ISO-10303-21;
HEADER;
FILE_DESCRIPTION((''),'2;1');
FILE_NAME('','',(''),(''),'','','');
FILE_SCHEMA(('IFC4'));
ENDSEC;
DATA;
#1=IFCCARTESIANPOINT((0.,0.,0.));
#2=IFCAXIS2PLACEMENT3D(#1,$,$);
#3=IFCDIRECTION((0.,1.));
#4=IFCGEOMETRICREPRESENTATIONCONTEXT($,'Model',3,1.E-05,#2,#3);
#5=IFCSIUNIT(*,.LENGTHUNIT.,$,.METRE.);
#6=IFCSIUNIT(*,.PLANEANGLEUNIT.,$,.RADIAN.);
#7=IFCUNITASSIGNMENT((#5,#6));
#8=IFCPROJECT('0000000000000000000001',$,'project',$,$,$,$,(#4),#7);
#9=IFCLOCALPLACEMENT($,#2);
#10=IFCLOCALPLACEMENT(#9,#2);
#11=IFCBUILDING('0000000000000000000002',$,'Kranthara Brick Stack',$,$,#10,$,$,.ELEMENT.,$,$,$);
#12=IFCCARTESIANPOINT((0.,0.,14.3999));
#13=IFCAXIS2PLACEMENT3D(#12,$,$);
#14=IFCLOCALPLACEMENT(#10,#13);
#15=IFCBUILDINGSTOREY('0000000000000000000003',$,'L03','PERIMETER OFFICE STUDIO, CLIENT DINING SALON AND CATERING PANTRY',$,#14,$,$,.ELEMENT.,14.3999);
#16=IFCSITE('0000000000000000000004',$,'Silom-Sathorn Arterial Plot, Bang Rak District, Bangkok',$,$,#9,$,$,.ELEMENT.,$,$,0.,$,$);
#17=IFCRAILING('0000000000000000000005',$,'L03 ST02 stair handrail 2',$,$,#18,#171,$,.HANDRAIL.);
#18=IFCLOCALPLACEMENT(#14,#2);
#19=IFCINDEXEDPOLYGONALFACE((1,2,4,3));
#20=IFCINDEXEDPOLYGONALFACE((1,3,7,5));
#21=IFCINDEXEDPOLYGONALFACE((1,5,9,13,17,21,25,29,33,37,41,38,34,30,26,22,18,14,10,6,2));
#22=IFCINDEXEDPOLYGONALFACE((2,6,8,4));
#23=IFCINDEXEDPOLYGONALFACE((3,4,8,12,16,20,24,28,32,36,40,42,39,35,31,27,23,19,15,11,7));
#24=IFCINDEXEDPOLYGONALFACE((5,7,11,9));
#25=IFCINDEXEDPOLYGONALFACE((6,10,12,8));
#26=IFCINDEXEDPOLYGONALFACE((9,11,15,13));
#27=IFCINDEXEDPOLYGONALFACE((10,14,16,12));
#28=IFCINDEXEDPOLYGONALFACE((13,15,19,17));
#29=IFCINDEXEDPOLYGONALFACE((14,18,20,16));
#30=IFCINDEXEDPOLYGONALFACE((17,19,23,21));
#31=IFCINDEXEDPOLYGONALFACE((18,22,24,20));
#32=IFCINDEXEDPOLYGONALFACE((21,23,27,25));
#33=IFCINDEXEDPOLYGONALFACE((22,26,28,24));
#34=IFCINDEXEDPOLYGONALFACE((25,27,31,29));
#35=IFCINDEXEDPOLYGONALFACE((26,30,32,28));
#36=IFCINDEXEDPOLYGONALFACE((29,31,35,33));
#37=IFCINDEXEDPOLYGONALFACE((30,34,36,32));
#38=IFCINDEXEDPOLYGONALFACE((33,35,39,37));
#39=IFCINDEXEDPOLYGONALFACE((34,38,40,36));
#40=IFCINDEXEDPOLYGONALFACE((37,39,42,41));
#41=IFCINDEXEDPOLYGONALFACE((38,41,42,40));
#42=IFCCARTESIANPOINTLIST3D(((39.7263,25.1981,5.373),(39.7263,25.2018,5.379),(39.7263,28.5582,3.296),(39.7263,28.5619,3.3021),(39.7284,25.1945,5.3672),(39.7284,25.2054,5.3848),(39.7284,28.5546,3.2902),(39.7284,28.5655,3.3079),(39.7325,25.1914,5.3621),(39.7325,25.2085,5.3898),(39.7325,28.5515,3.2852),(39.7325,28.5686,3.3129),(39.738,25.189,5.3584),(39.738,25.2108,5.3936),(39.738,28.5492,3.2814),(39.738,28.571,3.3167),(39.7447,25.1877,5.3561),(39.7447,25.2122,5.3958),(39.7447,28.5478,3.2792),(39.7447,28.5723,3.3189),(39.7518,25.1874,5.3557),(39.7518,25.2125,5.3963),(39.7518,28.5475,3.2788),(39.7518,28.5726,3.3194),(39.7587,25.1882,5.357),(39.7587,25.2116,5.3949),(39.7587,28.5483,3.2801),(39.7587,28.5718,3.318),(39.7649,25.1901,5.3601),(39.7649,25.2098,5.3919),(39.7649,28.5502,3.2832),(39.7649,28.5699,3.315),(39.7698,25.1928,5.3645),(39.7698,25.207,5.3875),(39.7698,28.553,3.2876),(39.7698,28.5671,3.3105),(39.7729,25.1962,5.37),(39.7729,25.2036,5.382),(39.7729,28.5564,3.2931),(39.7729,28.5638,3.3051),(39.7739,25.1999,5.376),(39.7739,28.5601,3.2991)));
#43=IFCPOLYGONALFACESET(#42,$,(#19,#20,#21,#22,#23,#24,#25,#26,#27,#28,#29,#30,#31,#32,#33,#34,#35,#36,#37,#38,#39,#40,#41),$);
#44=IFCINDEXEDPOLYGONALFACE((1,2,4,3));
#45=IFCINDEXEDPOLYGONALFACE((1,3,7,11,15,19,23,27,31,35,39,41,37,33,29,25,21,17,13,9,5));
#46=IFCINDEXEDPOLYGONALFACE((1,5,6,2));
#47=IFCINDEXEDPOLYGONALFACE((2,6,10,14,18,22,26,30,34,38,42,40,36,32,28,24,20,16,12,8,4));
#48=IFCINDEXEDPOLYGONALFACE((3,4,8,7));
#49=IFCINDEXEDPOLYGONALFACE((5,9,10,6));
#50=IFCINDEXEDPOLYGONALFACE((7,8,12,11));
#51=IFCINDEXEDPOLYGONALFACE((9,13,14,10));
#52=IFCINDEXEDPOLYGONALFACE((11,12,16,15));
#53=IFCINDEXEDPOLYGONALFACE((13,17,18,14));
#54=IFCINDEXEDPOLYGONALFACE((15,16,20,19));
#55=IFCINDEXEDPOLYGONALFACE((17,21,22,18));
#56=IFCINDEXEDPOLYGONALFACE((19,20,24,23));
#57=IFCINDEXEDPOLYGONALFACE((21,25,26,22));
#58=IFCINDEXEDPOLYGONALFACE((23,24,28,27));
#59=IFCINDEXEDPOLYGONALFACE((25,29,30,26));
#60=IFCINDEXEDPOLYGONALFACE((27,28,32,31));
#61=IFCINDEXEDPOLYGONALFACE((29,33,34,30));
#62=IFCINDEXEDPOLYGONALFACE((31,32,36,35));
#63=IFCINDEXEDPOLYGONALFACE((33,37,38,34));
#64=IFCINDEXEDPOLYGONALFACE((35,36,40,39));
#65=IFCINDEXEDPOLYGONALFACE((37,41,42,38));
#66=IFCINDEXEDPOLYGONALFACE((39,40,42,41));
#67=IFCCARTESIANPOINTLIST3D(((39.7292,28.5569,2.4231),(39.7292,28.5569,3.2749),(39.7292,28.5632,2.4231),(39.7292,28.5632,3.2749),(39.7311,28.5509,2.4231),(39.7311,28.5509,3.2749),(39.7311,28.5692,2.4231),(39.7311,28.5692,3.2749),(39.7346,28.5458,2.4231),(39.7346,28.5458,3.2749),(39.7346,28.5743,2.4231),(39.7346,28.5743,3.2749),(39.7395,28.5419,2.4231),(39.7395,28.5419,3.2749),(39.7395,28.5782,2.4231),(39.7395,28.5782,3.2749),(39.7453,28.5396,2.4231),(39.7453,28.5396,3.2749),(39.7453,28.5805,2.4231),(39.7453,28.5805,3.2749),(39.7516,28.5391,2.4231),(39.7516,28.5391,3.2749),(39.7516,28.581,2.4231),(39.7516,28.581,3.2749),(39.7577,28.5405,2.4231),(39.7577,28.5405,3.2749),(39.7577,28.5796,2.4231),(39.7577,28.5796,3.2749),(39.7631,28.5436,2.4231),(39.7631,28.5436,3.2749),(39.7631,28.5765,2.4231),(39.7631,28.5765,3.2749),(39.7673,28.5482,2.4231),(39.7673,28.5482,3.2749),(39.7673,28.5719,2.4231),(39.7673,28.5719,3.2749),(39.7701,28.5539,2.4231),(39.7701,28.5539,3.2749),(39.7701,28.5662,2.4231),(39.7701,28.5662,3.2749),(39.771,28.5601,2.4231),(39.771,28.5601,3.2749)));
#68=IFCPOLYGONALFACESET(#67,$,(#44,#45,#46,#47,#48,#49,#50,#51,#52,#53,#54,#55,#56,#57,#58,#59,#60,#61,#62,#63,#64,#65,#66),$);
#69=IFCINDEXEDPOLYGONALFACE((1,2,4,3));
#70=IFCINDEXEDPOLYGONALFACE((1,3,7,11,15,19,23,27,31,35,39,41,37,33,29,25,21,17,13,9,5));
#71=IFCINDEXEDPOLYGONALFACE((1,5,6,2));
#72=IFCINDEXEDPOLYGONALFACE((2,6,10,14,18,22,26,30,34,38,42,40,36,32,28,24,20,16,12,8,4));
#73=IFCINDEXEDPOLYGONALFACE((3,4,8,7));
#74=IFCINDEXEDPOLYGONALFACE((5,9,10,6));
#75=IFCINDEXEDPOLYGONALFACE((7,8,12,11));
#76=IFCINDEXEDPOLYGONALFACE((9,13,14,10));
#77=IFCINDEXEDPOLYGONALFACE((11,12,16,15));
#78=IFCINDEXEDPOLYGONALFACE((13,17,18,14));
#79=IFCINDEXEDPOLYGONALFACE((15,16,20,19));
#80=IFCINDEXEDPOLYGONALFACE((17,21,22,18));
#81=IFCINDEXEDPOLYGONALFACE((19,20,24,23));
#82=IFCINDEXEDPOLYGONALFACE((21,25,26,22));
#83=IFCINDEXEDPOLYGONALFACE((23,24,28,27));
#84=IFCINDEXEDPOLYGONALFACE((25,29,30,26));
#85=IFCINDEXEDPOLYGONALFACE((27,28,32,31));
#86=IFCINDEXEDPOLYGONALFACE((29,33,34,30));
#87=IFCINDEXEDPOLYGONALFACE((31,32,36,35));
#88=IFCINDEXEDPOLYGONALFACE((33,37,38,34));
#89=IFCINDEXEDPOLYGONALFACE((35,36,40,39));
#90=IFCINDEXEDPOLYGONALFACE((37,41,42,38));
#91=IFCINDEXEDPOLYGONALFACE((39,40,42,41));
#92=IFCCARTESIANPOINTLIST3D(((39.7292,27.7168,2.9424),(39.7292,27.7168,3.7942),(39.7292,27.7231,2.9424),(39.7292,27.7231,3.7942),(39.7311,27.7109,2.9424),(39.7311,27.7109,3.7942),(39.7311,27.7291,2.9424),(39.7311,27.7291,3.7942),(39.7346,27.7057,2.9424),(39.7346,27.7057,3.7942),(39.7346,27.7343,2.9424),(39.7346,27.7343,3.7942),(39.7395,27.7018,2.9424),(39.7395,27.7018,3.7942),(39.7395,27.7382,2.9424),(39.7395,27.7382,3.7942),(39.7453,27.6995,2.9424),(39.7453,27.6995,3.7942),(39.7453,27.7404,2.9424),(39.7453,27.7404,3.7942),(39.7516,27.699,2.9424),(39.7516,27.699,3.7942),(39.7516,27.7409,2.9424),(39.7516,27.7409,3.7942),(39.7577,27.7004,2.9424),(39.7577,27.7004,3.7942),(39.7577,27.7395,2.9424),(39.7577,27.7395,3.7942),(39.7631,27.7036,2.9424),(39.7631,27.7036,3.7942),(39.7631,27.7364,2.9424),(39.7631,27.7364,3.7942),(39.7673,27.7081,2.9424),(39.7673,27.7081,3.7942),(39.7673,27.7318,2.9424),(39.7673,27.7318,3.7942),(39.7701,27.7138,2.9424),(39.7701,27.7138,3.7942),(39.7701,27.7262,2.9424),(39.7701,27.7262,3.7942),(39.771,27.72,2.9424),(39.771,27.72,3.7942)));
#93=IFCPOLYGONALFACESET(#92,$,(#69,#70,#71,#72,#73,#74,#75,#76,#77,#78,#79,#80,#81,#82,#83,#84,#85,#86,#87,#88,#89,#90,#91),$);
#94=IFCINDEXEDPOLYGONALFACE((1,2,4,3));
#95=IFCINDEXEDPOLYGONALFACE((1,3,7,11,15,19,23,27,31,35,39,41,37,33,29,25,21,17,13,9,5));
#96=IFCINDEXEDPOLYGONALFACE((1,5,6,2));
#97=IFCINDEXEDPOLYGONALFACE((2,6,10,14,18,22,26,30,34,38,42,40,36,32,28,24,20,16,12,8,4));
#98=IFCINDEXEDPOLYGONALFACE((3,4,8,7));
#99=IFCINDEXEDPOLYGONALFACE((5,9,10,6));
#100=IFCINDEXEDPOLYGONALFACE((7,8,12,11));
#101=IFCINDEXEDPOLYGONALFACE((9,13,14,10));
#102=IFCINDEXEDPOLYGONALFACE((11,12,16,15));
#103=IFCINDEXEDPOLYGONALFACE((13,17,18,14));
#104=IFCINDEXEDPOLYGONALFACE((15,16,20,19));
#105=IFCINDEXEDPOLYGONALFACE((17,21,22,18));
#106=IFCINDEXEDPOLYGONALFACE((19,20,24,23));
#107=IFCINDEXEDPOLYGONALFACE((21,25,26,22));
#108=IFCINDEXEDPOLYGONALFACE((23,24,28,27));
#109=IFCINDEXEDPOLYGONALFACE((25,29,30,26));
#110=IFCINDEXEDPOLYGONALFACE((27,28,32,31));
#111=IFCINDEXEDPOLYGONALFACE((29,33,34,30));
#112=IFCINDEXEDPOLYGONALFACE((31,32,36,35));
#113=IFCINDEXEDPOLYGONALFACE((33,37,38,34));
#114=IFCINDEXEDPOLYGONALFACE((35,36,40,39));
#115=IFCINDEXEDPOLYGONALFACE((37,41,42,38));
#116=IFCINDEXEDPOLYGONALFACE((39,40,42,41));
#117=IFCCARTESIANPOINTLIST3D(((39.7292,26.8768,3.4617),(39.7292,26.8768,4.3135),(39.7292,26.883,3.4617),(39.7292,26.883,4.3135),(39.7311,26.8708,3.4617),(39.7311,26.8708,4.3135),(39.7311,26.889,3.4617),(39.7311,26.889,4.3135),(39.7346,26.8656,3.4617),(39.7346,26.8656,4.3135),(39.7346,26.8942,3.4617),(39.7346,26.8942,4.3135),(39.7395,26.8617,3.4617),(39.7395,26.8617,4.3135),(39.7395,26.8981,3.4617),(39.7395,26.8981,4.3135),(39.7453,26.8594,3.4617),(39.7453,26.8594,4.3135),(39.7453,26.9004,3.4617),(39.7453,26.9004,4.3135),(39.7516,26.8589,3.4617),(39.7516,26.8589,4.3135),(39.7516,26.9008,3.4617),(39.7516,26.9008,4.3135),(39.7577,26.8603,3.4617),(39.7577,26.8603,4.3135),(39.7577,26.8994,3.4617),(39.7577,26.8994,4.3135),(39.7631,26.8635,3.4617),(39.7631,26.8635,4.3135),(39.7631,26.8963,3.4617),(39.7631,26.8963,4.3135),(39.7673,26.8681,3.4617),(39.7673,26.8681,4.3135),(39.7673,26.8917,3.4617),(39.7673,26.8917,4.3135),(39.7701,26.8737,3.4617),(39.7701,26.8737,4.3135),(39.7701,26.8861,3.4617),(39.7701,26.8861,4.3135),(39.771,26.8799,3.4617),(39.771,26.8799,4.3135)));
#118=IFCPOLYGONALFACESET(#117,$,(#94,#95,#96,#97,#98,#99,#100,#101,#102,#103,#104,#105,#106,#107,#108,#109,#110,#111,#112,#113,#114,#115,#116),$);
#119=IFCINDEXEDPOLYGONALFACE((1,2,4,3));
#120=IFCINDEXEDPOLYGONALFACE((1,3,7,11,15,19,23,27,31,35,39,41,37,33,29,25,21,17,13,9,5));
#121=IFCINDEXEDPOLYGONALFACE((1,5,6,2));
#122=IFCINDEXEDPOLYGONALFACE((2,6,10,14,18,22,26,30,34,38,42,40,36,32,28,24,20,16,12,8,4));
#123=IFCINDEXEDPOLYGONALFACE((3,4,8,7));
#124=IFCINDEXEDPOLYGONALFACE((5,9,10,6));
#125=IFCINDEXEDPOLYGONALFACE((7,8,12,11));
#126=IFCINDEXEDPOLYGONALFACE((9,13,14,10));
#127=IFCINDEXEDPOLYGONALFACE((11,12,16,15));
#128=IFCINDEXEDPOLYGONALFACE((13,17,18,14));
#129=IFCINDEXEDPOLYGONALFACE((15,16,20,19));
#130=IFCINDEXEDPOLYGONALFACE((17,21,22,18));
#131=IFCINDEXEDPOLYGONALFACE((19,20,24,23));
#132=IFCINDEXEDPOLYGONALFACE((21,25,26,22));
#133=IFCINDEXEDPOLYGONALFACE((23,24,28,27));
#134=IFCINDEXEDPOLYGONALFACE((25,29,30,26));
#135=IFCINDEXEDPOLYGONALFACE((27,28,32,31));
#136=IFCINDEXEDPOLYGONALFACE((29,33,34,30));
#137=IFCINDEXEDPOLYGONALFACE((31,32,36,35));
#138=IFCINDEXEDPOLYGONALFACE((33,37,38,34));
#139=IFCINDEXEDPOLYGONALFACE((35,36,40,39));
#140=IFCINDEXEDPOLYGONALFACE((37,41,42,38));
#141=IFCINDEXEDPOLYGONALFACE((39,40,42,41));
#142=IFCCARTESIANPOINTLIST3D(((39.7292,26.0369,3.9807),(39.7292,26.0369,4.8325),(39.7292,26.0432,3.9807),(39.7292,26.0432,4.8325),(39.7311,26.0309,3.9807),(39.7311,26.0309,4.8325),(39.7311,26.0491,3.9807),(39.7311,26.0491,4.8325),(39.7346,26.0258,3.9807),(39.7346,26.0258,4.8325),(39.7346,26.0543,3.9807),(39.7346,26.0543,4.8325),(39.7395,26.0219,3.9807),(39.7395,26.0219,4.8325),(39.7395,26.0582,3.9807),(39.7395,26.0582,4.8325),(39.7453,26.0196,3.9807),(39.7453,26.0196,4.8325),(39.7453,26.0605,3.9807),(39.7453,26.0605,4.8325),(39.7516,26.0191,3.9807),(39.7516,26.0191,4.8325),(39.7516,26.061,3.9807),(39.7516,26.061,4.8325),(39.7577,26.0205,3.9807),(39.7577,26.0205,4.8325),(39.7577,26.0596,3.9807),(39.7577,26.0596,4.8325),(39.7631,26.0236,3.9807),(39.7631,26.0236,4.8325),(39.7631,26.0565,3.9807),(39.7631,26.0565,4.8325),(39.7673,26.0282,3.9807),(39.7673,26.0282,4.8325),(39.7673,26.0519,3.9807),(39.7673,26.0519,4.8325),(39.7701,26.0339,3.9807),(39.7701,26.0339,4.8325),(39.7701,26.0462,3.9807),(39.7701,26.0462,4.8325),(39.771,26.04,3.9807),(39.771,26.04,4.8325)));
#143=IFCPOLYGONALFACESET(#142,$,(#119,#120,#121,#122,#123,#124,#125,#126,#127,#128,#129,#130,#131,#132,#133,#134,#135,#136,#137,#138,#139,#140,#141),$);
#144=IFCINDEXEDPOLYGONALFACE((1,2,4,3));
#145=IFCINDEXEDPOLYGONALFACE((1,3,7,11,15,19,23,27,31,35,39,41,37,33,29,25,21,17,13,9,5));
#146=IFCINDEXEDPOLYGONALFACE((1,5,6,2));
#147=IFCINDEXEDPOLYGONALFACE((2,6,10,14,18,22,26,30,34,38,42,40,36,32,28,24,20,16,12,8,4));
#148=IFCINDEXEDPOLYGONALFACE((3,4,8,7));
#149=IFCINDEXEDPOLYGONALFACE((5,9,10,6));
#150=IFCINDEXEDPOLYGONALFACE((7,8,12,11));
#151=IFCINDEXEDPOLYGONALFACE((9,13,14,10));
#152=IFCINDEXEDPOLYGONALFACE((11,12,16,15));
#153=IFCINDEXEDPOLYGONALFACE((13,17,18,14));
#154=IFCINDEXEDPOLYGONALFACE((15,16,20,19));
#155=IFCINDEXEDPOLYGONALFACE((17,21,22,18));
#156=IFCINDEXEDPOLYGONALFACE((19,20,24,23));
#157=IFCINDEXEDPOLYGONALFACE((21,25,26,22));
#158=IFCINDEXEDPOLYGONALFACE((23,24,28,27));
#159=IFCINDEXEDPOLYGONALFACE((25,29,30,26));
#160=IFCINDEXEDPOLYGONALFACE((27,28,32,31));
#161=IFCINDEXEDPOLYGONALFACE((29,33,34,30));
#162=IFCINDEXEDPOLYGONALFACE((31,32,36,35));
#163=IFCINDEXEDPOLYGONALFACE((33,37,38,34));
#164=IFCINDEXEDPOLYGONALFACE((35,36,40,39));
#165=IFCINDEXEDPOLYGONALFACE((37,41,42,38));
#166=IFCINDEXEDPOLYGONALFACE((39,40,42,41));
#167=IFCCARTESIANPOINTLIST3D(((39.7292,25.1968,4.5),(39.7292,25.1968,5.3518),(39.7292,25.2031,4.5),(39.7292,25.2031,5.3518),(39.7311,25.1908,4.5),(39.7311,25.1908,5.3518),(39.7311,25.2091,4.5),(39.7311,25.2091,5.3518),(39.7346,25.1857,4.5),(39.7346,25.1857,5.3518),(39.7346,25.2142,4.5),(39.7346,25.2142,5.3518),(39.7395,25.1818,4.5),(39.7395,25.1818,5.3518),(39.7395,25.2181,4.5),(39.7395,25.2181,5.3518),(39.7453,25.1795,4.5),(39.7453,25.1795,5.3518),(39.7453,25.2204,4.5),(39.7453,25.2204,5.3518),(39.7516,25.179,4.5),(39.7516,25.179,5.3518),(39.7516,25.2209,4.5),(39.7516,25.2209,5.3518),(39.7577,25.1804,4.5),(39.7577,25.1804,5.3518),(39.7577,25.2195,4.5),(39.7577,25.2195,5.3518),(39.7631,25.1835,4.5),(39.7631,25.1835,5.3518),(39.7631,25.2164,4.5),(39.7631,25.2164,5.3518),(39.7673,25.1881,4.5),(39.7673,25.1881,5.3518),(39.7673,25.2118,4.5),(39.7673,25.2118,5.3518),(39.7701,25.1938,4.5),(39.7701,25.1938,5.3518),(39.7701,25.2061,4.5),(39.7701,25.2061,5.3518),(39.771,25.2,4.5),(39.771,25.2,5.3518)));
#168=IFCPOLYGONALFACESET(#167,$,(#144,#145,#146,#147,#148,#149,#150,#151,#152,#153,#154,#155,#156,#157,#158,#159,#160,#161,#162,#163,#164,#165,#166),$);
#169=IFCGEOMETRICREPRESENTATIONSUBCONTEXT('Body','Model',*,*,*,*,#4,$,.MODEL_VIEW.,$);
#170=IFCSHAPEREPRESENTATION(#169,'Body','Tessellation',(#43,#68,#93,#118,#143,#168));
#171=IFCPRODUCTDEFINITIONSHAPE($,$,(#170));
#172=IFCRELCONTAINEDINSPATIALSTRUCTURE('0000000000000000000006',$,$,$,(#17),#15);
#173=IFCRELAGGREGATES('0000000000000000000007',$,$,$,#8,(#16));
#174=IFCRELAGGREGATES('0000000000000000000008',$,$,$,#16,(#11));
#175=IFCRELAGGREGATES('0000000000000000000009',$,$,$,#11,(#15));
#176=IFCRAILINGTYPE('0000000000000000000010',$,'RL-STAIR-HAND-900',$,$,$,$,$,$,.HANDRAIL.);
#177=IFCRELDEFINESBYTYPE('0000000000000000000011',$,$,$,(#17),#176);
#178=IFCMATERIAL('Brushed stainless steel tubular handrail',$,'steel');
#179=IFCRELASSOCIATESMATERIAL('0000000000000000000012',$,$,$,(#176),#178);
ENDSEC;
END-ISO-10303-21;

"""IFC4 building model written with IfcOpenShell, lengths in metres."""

from ifc_helpers import new_model, si_unit, direction, frame, origin, origin_2d, place, context, subcontext, project, spatial, circle, extrude, material, type_object, element, save


model = new_model("IFC4")

# Units and contexts
model_context = context("Model", 3, precision=1e-05, world=origin(), true_north=direction((0.0, 1.0)))
body_context = subcontext(model_context, "Body", "Model", "MODEL_VIEW")
ifc_project = project(units=[si_unit("LENGTHUNIT", "METRE"), si_unit("PLANEANGLEUNIT", "RADIAN")], contexts=[model_context])

# Site, building, storey
site_placement = place(None, origin())
site = spatial("IfcSite", under=ifc_project, at=site_placement, Name="Silom-Sathorn Arterial Plot, Bang Rak District, Bangkok", CompositionType="ELEMENT", RefElevation=0.0)
building_placement = place(site_placement, origin())
building = spatial("IfcBuilding", under=site, at=building_placement, Name="Kranthara Brick Stack", CompositionType="ELEMENT")
storey_placement = place(building_placement, frame((0.0, 0.0, 14.3999)))
storey = spatial("IfcBuildingStorey", under=building, at=storey_placement, Name="L03", Description="PERIMETER OFFICE STUDIO, CLIENT DINING SALON AND CATERING PANTRY", CompositionType="ELEMENT", Elevation=14.3999)

# Railing
ifc_material_1 = material(Name="Brushed stainless steel tubular handrail", Category="steel")
railing_type_1 = type_object("IfcRailingType", Name="RL-STAIR-HAND-900", PredefinedType="HANDRAIL", material=ifc_material_1)
railing_1_placement = place(storey_placement, frame((39.75, 28.5601, 2.4231)))
element("IfcRailing", 1, at=railing_1_placement, inside=storey, type_object=railing_type_1, Name="L03 ST02 stair handrail 2", PredefinedType="HANDRAIL", context=body_context, shape_type="SweptSolid", body=[
    extrude(circle(Radius=0.0239, at=origin_2d()), frame((0.0, 0.0, 0.876), z_axis=(0.0, -0.850623, 0.525776), x_axis=(1.0, 0.0, 0.0)), (0.0, 0.0, 1.0), 3.9502),
    extrude(circle(Radius=0.021, at=origin_2d()), origin(), (0.0, 0.0, 1.0), 0.8518),
    extrude(circle(Radius=0.021, at=origin_2d()), frame((0.0, -0.8401, 0.5193)), (0.0, 0.0, 1.0), 0.8518),
    extrude(circle(Radius=0.021, at=origin_2d()), frame((0.0, -1.6802, 1.0386)), (0.0, 0.0, 1.0), 0.8518),
    extrude(circle(Radius=0.021, at=origin_2d()), frame((0.0, -2.52, 1.5576)), (0.0, 0.0, 1.0), 0.8518),
    extrude(circle(Radius=0.021, at=origin_2d()), frame((0.0, -3.3601, 2.0769)), (0.0, 0.0, 1.0), 0.8518),
])

save(model, "model.ifc")
